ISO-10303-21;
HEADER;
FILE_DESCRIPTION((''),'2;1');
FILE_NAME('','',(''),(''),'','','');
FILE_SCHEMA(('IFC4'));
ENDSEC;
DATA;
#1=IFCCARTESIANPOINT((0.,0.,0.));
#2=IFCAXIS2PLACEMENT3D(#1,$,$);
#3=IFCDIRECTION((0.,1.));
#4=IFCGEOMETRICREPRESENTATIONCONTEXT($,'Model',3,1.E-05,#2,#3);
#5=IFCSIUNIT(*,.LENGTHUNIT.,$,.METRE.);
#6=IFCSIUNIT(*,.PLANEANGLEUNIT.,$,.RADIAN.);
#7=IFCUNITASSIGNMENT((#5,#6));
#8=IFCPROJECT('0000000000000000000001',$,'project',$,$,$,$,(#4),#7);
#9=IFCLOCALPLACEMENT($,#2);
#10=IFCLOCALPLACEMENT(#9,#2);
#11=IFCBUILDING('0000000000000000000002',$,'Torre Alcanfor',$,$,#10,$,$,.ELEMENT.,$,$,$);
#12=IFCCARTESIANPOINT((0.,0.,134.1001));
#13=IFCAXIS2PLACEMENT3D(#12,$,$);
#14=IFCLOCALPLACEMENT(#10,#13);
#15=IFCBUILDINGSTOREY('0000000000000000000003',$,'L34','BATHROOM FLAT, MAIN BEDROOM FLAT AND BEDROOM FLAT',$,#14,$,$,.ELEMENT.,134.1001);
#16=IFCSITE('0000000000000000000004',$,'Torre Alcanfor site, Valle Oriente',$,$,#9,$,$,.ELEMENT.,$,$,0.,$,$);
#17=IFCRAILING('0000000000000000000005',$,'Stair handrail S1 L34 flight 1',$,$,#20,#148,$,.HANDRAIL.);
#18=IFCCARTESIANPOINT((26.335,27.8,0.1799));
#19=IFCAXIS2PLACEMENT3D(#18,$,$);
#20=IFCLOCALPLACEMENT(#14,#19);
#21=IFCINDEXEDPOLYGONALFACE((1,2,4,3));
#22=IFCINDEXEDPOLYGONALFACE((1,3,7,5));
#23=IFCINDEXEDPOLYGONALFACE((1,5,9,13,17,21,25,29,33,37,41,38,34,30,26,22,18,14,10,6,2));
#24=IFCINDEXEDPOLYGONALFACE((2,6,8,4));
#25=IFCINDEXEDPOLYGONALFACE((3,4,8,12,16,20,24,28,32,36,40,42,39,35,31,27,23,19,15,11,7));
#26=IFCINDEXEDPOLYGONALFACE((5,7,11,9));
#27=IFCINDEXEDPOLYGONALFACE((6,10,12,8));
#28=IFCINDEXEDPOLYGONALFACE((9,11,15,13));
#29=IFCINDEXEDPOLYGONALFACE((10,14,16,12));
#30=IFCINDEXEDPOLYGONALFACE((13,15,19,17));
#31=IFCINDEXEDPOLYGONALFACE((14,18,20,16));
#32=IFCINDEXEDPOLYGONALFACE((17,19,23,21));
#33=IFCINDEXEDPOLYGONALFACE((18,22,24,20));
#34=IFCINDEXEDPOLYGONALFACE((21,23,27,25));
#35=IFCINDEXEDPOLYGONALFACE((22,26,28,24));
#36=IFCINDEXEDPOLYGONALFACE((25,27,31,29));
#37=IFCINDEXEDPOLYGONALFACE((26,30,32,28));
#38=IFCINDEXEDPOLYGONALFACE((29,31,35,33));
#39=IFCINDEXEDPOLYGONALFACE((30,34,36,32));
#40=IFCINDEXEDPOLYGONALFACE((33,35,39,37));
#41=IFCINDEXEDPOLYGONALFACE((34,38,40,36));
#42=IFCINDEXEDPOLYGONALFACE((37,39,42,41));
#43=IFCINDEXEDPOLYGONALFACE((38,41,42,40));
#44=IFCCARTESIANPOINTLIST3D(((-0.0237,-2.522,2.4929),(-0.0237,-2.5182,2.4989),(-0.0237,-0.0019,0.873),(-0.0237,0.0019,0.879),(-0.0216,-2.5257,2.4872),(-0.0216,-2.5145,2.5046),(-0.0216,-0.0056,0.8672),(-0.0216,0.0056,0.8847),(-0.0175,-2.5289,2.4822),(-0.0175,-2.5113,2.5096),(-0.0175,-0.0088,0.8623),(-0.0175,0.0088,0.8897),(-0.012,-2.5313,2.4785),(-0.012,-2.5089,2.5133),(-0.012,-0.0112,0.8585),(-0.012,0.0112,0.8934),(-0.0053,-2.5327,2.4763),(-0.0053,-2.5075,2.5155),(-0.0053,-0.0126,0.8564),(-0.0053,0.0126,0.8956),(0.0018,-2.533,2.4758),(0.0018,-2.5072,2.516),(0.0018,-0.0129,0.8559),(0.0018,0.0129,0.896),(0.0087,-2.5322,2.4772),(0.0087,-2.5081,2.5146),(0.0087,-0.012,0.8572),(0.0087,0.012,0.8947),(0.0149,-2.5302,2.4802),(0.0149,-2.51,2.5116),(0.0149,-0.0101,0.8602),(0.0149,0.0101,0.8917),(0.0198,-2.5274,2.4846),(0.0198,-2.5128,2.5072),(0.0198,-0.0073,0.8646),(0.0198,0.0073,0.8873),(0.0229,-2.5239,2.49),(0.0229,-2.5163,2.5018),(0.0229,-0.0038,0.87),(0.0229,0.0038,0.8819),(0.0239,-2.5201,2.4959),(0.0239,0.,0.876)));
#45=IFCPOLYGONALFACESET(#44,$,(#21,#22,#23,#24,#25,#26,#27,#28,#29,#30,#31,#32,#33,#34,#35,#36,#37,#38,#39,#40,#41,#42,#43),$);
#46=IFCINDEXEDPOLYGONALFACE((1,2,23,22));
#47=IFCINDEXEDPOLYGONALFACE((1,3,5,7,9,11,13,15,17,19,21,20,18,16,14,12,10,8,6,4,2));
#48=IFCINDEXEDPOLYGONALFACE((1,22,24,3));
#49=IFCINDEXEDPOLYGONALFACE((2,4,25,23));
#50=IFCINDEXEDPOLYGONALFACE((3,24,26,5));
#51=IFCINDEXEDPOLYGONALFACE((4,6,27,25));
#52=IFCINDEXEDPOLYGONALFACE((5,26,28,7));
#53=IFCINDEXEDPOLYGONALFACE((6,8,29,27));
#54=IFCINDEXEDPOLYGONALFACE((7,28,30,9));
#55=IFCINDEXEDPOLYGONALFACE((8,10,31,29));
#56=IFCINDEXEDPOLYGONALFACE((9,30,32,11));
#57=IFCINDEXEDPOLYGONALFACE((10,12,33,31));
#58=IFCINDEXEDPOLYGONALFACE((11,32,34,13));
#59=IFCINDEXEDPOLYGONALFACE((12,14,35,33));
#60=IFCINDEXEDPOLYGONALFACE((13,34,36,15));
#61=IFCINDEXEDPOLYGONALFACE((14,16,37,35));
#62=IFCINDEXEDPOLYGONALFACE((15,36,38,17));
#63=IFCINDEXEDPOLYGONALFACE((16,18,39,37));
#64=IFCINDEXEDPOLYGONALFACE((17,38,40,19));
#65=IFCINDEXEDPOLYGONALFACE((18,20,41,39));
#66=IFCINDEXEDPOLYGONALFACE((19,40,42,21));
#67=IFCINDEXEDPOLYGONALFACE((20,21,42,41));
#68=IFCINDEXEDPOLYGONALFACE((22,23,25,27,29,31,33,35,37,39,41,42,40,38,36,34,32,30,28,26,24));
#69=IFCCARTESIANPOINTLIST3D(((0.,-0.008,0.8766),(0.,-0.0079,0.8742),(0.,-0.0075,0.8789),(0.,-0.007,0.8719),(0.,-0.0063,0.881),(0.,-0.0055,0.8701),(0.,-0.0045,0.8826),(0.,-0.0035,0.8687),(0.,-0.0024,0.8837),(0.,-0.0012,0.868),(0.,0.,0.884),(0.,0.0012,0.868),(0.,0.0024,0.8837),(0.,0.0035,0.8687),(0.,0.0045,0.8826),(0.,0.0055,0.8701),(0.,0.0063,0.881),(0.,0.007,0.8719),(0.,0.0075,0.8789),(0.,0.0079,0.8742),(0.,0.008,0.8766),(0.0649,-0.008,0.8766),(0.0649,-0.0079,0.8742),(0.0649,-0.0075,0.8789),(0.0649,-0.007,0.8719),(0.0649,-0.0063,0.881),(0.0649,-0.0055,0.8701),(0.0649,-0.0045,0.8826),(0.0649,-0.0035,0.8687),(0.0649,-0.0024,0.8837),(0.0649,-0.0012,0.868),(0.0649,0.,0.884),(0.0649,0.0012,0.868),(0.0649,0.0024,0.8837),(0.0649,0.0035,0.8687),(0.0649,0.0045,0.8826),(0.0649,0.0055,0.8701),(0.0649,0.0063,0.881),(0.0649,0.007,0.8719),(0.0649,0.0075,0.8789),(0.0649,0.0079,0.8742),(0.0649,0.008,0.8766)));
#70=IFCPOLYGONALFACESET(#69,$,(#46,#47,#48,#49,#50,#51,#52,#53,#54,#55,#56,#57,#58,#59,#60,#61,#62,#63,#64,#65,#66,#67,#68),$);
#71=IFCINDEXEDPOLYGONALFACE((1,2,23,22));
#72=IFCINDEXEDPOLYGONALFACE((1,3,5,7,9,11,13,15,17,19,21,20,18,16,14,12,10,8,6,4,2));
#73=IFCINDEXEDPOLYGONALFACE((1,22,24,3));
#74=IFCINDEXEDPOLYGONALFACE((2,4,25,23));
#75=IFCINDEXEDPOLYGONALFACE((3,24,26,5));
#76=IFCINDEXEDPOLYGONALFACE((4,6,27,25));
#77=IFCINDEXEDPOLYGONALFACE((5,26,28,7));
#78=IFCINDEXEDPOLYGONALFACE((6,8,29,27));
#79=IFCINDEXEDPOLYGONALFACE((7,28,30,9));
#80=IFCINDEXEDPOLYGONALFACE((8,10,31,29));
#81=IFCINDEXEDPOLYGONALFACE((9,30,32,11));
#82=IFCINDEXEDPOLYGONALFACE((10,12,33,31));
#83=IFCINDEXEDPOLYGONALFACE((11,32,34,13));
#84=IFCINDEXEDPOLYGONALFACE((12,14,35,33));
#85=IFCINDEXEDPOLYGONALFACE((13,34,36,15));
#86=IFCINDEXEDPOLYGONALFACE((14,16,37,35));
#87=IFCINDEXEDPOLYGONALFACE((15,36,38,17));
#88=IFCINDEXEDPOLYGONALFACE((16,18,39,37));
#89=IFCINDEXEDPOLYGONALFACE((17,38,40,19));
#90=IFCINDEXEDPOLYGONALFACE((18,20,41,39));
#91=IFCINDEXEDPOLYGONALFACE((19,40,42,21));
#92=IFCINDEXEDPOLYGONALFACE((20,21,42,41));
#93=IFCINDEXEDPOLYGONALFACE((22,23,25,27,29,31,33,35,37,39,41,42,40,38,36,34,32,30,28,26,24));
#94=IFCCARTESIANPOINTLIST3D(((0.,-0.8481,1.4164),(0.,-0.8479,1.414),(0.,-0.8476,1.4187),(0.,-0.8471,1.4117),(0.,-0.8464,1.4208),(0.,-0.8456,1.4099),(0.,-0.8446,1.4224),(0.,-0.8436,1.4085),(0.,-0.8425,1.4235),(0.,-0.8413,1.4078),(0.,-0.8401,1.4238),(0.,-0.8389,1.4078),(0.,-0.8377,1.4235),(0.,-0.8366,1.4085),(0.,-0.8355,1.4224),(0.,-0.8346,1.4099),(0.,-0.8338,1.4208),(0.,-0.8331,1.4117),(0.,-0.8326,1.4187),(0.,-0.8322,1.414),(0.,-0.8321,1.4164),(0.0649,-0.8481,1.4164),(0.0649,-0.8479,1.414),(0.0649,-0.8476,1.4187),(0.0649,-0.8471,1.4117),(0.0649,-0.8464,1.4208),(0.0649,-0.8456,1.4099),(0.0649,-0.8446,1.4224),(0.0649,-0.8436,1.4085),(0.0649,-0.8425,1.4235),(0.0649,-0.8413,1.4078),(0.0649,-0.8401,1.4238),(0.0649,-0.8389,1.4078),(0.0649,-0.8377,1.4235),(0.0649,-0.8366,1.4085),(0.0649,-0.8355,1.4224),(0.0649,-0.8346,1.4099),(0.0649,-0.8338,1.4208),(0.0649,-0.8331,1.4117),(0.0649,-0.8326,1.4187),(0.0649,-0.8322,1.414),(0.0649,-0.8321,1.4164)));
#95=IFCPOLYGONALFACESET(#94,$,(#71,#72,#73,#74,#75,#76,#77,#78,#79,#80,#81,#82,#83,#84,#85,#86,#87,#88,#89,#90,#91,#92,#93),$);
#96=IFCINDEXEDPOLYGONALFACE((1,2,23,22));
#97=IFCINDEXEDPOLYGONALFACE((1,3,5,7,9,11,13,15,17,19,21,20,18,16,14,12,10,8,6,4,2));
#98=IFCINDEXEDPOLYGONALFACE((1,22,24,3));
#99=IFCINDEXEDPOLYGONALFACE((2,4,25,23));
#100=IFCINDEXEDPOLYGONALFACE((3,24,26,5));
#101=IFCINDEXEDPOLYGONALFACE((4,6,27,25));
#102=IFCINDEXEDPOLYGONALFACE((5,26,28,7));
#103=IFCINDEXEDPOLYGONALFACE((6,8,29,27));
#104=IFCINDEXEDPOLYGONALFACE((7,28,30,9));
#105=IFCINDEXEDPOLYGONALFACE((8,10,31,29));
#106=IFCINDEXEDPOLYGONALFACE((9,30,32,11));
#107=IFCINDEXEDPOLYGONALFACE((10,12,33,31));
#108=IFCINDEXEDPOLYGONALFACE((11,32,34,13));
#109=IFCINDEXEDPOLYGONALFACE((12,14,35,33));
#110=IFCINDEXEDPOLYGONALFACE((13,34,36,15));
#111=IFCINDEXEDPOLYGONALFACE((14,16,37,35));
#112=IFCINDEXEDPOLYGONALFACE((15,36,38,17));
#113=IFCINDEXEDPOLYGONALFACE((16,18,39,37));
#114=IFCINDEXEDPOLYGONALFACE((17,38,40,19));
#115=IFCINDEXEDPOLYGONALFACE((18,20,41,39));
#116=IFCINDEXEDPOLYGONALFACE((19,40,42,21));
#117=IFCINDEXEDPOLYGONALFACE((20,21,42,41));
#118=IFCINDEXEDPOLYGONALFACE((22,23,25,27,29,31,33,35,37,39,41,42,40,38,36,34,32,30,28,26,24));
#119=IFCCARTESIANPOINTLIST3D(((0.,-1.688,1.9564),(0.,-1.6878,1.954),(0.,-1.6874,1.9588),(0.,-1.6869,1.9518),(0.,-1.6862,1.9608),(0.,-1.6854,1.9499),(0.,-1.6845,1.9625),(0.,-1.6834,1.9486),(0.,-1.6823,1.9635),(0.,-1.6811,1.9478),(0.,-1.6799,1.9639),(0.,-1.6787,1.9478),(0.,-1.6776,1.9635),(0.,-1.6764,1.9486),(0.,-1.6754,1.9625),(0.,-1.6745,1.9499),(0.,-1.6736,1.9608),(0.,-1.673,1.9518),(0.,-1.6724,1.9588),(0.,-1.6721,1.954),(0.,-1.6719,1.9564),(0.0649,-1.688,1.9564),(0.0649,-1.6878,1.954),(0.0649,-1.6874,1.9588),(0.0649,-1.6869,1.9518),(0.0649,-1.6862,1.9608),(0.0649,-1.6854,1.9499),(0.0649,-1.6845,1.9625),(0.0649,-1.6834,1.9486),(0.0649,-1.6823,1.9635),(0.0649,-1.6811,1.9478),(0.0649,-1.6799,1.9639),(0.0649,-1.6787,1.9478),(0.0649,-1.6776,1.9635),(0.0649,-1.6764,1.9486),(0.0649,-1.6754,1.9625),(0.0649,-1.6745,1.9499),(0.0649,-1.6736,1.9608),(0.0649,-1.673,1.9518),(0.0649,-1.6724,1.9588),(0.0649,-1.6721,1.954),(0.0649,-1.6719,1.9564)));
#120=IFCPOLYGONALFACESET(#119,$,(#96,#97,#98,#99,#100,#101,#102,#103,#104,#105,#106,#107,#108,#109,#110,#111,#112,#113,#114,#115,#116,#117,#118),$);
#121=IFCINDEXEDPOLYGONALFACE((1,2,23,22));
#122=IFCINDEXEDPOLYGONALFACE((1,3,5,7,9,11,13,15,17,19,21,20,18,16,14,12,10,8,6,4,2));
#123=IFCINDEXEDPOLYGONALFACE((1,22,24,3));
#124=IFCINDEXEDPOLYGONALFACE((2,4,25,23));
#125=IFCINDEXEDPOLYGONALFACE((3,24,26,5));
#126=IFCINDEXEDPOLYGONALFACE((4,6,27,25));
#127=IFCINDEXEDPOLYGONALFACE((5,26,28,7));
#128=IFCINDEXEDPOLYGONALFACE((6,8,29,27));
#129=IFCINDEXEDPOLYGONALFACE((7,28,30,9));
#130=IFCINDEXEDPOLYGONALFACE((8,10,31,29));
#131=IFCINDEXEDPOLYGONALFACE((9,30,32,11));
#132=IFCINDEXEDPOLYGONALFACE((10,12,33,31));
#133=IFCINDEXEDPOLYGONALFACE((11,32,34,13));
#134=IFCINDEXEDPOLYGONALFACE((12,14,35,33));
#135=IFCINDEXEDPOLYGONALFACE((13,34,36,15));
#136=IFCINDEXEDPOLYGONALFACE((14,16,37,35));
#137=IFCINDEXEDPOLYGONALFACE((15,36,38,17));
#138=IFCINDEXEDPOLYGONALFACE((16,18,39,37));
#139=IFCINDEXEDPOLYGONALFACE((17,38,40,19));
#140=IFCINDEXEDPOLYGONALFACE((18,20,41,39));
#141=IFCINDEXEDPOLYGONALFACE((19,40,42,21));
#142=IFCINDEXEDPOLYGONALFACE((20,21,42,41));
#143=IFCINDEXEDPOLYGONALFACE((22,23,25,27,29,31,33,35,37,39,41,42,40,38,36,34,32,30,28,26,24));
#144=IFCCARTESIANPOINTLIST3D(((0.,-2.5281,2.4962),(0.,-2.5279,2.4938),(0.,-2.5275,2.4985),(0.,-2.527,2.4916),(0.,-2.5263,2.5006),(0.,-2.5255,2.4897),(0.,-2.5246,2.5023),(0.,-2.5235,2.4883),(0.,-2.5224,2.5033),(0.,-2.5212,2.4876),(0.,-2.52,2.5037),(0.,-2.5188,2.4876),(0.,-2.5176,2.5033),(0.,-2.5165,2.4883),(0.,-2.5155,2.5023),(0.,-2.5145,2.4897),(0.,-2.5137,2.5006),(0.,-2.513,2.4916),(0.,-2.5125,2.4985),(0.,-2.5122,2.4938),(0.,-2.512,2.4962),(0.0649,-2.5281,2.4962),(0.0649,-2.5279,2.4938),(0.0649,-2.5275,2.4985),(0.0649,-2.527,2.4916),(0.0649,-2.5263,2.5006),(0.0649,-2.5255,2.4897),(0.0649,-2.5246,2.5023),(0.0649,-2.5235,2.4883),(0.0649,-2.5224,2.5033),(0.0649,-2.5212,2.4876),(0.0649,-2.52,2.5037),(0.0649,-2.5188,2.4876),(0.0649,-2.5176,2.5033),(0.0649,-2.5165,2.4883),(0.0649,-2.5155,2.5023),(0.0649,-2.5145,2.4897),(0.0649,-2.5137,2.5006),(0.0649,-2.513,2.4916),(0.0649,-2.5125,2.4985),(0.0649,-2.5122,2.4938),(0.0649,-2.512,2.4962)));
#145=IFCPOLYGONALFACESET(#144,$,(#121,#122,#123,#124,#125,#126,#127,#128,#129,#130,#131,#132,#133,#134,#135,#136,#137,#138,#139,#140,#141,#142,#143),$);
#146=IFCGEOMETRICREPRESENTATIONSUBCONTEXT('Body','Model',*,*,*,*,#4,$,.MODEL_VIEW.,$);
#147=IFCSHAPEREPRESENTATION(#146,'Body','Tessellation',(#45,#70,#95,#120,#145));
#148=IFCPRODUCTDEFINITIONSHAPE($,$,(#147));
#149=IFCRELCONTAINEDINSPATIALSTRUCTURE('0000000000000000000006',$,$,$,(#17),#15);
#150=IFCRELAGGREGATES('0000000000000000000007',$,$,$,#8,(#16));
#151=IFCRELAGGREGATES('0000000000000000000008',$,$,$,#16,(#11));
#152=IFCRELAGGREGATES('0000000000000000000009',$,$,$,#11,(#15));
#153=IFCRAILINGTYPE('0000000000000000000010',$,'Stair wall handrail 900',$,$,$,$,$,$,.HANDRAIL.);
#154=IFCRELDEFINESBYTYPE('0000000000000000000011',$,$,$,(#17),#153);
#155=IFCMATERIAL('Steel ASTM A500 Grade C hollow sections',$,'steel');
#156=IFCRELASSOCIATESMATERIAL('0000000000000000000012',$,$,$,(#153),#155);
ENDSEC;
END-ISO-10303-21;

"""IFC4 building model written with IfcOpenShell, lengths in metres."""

from ifc_helpers import new_model, si_unit, direction, frame, origin, origin_2d, place, context, subcontext, project, spatial, circle, extrude, material, type_object, element, save


model = new_model("IFC4")

# Units and contexts
model_context = context("Model", 3, precision=1e-05, world=origin(), true_north=direction((0.0, 1.0)))
body_context = subcontext(model_context, "Body", "Model", "MODEL_VIEW")
ifc_project = project(units=[si_unit("LENGTHUNIT", "METRE"), si_unit("PLANEANGLEUNIT", "RADIAN")], contexts=[model_context])

# Site, building, storey
site_placement = place(None, origin())
site = spatial("IfcSite", under=ifc_project, at=site_placement, Name="Torre Alcanfor site, Valle Oriente", CompositionType="ELEMENT", RefElevation=0.0)
building_placement = place(site_placement, origin())
building = spatial("IfcBuilding", under=site, at=building_placement, Name="Torre Alcanfor", CompositionType="ELEMENT")
storey_placement = place(building_placement, frame((0.0, 0.0, 134.1001)))
storey = spatial("IfcBuildingStorey", under=building, at=storey_placement, Name="L34", Description="BATHROOM FLAT, MAIN BEDROOM FLAT AND BEDROOM FLAT", CompositionType="ELEMENT", Elevation=134.1001)

# Railing
ifc_material_1 = material(Name="Steel ASTM A500 Grade C hollow sections", Category="steel")
railing_type_1 = type_object("IfcRailingType", Name="Stair wall handrail 900", PredefinedType="HANDRAIL", material=ifc_material_1)
railing_1_placement = place(storey_placement, frame((26.335, 27.8, 0.1799)))
element("IfcRailing", 1, at=railing_1_placement, inside=storey, type_object=railing_type_1, Name="Stair handrail S1 L34 flight 1", PredefinedType="HANDRAIL", context=body_context, shape_type="SweptSolid", body=[
    extrude(circle(Radius=0.0239, at=origin_2d()), frame((0.0, 0.0, 0.876), z_axis=(0.0, -0.8412, 0.540725), x_axis=(1.0, 0.0, 0.0)), (0.0, 0.0, 1.0), 2.9958),
    extrude(circle(Radius=0.0081, at=origin_2d()), frame((0.0, 0.0, 0.876), z_axis=(1.0, 0.0, 0.0), x_axis=(0.0, 0.0, 1.0)), (0.0, 0.0, 1.0), 0.0649),
    extrude(circle(Radius=0.0081, at=origin_2d()), frame((0.0, -0.8401, 1.4158), z_axis=(1.0, 0.0, 0.0), x_axis=(0.0, 0.0, 1.0)), (0.0, 0.0, 1.0), 0.0649),
    extrude(circle(Radius=0.0081, at=origin_2d()), frame((0.0, -1.6799, 1.9558), z_axis=(1.0, 0.0, 0.0), x_axis=(0.0, 0.0, 1.0)), (0.0, 0.0, 1.0), 0.0649),
    extrude(circle(Radius=0.0081, at=origin_2d()), frame((0.0, -2.52, 2.4956), z_axis=(1.0, 0.0, 0.0), x_axis=(0.0, 0.0, 1.0)), (0.0, 0.0, 1.0), 0.0649),
])

save(model, "model.ifc")
